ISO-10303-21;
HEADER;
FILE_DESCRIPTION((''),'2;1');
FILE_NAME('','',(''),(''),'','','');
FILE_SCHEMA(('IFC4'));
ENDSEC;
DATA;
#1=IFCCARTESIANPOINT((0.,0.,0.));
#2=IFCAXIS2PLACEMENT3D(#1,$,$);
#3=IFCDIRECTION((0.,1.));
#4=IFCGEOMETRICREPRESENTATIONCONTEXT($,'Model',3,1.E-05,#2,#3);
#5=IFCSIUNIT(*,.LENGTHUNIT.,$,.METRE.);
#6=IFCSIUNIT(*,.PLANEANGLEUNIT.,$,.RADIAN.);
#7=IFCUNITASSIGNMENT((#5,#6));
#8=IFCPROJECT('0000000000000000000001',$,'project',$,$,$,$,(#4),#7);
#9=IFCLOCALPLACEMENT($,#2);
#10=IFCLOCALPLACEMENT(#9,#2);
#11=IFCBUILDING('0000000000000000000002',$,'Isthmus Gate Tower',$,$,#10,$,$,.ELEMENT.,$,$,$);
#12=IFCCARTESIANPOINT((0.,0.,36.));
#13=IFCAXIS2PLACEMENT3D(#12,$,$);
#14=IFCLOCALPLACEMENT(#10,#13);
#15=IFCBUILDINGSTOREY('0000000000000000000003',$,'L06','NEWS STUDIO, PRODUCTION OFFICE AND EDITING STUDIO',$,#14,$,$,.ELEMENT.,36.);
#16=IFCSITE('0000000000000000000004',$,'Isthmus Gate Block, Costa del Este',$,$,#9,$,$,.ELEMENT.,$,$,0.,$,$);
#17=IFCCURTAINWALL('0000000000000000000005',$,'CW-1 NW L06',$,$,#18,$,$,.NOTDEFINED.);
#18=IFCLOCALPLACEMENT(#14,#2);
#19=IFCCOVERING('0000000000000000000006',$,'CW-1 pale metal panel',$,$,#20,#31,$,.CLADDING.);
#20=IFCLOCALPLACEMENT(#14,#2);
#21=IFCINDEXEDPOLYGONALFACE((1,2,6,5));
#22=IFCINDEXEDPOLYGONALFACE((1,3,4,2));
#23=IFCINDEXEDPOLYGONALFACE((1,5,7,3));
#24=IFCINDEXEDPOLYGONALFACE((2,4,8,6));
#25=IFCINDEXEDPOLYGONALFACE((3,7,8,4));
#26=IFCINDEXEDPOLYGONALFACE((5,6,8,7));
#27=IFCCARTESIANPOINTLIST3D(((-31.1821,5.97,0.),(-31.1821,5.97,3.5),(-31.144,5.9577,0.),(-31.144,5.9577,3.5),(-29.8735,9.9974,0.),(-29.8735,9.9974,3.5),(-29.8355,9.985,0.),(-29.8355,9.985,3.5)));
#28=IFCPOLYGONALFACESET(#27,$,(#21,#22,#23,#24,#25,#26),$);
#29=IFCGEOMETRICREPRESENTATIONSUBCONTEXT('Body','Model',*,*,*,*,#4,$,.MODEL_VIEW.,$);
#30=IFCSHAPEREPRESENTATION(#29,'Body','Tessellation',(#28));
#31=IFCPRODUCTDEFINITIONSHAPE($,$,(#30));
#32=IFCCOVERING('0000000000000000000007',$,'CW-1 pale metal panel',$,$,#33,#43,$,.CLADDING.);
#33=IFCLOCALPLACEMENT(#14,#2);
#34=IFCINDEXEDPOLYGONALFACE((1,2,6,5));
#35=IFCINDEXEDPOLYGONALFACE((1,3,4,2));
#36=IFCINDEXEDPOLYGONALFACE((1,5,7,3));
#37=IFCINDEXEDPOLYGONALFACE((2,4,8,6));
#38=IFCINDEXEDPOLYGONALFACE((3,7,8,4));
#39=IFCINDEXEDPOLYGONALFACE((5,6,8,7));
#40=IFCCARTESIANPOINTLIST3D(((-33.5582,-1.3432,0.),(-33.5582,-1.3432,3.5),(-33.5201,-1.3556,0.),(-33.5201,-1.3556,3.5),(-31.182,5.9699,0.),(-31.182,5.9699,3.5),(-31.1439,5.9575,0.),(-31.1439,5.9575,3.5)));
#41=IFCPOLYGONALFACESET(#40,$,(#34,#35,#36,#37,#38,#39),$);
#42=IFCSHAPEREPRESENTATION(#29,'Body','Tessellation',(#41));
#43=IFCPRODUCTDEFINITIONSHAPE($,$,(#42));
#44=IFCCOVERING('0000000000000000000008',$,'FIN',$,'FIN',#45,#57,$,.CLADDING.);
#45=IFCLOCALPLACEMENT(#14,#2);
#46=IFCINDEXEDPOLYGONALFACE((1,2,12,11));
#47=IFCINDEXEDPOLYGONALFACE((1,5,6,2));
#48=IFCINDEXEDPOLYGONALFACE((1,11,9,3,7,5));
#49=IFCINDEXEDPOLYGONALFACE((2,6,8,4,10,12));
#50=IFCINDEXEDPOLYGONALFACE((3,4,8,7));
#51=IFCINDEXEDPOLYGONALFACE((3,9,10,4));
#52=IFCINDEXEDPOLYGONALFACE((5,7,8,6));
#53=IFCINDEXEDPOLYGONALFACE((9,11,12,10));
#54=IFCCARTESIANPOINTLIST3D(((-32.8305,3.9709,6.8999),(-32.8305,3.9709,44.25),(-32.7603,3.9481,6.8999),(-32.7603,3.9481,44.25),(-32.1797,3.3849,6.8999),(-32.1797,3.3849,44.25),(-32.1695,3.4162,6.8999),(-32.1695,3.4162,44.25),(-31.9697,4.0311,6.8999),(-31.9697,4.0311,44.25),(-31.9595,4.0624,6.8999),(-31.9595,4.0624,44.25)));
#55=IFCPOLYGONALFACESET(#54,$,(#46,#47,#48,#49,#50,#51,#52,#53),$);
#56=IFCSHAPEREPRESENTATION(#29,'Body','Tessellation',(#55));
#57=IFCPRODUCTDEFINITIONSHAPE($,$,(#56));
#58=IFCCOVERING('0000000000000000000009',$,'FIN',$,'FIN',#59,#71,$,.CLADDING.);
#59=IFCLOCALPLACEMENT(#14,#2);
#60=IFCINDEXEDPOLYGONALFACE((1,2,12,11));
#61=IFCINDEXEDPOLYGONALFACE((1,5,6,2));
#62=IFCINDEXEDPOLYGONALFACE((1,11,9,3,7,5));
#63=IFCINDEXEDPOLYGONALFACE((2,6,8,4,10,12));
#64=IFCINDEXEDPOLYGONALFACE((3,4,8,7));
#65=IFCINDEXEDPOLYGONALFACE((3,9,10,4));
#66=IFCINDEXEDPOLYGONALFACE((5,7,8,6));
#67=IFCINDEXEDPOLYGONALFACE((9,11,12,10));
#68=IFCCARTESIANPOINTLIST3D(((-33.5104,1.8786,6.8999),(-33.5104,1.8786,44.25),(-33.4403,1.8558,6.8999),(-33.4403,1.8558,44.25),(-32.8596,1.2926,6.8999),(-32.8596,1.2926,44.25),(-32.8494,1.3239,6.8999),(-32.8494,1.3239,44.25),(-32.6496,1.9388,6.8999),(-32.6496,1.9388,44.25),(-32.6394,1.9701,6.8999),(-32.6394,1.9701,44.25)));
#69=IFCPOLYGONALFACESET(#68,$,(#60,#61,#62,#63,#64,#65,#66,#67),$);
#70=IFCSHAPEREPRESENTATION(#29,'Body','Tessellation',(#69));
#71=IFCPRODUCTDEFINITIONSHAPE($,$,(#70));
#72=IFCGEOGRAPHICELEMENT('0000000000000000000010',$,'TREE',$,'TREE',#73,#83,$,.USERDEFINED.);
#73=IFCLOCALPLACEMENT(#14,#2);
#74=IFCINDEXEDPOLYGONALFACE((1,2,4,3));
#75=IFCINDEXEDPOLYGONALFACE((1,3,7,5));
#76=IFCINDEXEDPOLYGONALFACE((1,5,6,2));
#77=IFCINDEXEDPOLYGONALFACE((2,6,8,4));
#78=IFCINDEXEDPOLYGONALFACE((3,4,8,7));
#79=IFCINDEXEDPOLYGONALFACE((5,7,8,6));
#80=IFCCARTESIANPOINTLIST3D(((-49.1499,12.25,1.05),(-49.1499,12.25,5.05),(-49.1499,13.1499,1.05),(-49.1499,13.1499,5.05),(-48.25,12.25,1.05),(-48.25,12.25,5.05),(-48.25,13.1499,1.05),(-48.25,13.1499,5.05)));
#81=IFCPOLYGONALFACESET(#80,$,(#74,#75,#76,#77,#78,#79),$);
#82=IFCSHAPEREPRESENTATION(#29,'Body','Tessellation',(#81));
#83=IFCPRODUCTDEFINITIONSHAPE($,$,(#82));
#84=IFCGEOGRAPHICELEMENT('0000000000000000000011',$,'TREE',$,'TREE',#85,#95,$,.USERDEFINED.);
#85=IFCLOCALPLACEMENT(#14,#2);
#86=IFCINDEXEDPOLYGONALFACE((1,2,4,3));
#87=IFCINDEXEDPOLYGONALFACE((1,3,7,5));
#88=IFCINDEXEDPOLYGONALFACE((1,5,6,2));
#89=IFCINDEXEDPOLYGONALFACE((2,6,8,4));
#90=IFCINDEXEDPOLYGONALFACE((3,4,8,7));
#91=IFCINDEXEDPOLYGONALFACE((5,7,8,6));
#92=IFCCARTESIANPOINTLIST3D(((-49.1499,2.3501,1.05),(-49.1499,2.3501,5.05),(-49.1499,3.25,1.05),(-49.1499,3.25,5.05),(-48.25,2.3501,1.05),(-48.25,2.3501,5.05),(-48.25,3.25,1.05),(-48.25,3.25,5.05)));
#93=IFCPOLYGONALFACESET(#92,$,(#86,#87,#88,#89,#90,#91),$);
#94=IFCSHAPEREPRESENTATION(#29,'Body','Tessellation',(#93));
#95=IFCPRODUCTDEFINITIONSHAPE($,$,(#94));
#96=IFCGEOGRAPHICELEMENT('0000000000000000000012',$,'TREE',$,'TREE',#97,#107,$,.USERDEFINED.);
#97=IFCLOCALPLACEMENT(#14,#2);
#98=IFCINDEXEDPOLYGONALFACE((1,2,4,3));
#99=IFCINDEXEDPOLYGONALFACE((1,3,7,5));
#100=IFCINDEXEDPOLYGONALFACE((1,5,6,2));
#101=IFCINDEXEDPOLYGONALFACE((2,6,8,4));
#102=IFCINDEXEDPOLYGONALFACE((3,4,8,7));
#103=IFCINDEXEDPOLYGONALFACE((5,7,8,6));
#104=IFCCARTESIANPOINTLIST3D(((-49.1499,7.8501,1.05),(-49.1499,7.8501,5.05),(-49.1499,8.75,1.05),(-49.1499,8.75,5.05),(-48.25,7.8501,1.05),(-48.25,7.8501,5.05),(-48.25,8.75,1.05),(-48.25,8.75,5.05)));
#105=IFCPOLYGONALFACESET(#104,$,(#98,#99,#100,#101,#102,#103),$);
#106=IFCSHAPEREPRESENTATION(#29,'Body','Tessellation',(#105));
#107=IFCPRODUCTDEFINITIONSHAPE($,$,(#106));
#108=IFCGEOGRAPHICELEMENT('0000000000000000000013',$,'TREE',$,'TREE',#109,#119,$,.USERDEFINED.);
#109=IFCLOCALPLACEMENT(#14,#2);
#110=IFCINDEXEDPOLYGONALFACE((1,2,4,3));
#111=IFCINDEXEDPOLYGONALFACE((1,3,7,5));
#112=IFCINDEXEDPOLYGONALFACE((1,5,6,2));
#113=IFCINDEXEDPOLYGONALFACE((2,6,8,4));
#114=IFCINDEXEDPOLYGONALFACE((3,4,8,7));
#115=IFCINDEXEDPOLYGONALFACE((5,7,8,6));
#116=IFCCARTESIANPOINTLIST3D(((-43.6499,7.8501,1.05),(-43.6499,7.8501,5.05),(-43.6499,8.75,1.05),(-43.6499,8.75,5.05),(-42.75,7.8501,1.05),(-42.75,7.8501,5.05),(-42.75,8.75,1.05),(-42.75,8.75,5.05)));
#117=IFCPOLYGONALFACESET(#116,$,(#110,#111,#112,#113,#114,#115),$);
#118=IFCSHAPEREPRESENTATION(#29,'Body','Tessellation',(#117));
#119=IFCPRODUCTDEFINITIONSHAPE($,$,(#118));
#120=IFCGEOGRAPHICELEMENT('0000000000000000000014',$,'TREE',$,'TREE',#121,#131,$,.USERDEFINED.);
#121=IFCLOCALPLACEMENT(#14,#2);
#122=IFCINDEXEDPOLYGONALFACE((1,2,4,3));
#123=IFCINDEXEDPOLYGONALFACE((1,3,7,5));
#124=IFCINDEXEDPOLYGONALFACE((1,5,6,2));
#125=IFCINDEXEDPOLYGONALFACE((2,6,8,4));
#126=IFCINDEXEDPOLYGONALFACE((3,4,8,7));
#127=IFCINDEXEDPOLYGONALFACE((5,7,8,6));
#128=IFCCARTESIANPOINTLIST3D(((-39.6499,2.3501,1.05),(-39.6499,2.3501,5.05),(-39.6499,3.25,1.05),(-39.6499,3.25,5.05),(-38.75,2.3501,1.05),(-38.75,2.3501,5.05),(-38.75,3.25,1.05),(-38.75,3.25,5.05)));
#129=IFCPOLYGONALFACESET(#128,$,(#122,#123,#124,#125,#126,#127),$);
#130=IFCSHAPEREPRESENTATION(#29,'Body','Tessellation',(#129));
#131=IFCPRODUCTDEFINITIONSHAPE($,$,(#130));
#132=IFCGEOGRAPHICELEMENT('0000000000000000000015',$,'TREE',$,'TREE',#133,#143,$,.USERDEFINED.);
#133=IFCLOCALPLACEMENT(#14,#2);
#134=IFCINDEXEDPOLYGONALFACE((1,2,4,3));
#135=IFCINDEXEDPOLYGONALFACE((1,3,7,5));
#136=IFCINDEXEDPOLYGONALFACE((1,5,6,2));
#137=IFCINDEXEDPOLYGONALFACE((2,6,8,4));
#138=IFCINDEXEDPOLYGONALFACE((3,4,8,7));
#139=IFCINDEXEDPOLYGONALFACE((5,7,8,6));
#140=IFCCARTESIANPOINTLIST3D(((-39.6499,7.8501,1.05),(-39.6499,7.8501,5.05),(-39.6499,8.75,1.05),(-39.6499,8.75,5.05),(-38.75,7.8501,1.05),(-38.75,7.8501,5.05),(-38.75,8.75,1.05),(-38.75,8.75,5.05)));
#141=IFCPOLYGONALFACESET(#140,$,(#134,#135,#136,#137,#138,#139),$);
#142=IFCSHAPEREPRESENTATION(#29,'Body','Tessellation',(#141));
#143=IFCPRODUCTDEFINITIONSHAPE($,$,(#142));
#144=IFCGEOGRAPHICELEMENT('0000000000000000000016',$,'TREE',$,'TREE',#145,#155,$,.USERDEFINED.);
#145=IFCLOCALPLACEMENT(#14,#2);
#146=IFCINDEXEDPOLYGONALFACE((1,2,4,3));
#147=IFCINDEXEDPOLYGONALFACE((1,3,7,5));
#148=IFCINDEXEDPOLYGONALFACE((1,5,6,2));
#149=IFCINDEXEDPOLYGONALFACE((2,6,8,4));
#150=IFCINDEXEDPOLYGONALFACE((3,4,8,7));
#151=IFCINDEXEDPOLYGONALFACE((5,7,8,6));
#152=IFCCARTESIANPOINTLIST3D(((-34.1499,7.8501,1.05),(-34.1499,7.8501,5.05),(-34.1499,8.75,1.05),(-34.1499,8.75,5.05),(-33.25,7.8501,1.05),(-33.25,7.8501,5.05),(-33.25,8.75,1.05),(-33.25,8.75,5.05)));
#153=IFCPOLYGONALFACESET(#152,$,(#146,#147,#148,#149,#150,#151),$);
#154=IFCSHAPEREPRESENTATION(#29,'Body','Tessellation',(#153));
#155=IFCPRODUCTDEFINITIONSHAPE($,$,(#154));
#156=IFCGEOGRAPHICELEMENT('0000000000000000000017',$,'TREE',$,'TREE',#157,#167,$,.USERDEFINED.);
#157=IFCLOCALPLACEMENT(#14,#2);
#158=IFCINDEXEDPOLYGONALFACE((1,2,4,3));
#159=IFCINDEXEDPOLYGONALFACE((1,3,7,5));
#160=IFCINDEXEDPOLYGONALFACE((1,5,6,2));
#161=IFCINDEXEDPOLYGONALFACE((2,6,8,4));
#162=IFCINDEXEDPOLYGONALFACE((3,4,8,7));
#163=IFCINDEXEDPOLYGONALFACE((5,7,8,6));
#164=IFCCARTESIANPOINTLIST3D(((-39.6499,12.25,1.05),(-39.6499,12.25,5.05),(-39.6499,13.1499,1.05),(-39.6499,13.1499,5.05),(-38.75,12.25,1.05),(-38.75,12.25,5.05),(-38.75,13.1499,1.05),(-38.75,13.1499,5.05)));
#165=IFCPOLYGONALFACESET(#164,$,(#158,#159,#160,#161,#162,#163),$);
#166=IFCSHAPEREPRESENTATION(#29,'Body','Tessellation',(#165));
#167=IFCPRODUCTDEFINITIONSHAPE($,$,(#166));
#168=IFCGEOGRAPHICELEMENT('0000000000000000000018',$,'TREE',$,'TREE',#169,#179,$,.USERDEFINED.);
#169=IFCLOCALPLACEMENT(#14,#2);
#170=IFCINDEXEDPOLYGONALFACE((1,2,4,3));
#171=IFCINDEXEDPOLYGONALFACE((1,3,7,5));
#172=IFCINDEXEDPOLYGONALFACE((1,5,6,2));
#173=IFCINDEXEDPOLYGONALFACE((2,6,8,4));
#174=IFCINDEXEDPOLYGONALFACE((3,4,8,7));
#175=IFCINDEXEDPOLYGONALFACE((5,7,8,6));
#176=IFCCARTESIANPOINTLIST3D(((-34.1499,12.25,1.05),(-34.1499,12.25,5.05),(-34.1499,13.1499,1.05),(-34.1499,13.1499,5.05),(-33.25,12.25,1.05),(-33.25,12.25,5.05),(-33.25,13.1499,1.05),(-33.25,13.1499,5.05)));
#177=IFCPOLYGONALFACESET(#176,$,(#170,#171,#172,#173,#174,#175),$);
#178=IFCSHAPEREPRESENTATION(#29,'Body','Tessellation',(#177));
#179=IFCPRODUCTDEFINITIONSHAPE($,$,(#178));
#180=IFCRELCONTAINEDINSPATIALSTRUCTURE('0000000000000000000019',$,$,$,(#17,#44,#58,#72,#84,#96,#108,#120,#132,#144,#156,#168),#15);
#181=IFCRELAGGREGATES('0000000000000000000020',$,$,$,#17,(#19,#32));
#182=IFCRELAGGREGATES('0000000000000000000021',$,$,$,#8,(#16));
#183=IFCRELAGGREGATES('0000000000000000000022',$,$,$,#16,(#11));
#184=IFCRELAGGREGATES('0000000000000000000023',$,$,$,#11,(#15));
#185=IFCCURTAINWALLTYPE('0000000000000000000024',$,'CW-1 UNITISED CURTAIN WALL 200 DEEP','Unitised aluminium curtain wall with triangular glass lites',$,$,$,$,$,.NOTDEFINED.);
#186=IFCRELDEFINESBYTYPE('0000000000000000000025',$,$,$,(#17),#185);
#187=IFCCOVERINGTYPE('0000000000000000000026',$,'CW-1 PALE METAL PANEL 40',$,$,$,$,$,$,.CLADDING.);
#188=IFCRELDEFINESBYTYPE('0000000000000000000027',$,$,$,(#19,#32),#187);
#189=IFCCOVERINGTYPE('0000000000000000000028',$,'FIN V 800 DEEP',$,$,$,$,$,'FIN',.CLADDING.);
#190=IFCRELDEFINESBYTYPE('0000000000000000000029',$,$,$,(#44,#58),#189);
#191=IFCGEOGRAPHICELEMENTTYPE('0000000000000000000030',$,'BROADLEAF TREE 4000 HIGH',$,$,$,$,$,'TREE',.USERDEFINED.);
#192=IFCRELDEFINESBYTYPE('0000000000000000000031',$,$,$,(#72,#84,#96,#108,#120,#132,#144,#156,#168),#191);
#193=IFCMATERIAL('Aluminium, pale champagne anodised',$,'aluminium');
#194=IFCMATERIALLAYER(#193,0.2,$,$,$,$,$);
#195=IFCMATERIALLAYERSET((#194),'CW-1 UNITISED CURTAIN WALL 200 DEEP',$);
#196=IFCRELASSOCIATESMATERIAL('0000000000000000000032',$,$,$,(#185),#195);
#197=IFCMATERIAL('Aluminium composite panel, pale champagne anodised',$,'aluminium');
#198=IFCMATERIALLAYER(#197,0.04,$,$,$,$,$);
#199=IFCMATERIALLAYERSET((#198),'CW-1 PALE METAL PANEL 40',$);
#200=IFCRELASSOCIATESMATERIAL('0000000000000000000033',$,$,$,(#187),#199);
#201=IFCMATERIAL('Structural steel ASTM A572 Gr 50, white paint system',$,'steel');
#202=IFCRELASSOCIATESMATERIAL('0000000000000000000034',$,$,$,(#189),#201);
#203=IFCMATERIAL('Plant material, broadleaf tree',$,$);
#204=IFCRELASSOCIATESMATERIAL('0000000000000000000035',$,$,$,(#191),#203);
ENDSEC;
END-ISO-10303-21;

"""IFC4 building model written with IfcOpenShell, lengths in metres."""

from ifc_helpers import new_model, si_unit, direction, frame, origin, origin_2d, place, context, subcontext, project, spatial, polyline, rectangle, outline, extrude, material, layer, layer_set, material_profile, profile_set, type_object, element, aggregate, save


model = new_model("IFC4")

# Units and contexts
model_context = context("Model", 3, precision=1e-05, world=origin(), true_north=direction((0.0, 1.0)))
body_context = subcontext(model_context, "Body", "Model", "MODEL_VIEW")
ifc_project = project(units=[si_unit("LENGTHUNIT", "METRE"), si_unit("PLANEANGLEUNIT", "RADIAN")], contexts=[model_context])

# Site, building, storey
site_placement = place(None, origin())
site = spatial("IfcSite", under=ifc_project, at=site_placement, Name="Isthmus Gate Block, Costa del Este", CompositionType="ELEMENT", RefElevation=0.0)
building_placement = place(site_placement, origin())
building = spatial("IfcBuilding", under=site, at=building_placement, Name="Isthmus Gate Tower", CompositionType="ELEMENT")
storey_placement = place(building_placement, frame((0.0, 0.0, 36.0)))
storey = spatial("IfcBuildingStorey", under=building, at=storey_placement, Name="L06", Description="NEWS STUDIO, PRODUCTION OFFICE AND EDITING STUDIO", CompositionType="ELEMENT", Elevation=36.0)

# Curtain wall
ifc_material_1 = material(Name="Aluminium, pale champagne anodised", Category="aluminium")
ifc_layer_1 = layer(ifc_material_1, 0.2)
ifc_layer_set_1 = layer_set([ifc_layer_1], Name="CW-1 UNITISED CURTAIN WALL 200 DEEP")
curtain_wall_type = type_object("IfcCurtainWallType", Name="CW-1 UNITISED CURTAIN WALL 200 DEEP", Description="Unitised aluminium curtain wall with triangular glass lites", PredefinedType="NOTDEFINED", material=ifc_layer_set_1)
curtain_wall_placement = place(storey_placement, origin())
curtain_wall = element("IfcCurtainWall", 1, at=curtain_wall_placement, inside=storey, type_object=curtain_wall_type, Name="CW-1 NW L06", PredefinedType="NOTDEFINED")

# Coverings
ifc_material_2 = material(Name="Aluminium composite panel, pale champagne anodised", Category="aluminium")
ifc_layer_2 = layer(ifc_material_2, 0.04)
ifc_layer_set_2 = layer_set([ifc_layer_2], Name="CW-1 PALE METAL PANEL 40")
covering_type_1 = type_object("IfcCoveringType", Name="CW-1 PALE METAL PANEL 40", PredefinedType="CLADDING", material=ifc_layer_set_2)
covering_1_placement = place(storey_placement, frame((-30.5088, 7.9775, 0.0), z_axis=(0.0, 0.0, 1.0), x_axis=(-0.309017, -0.951057, 0.0)))
covering_1 = element("IfcCovering", 2, at=covering_1_placement, type_object=covering_type_1, Name="CW-1 pale metal panel", PredefinedType="CLADDING", context=body_context, shape_type="SweptSolid", body=[
    extrude(rectangle(XDim=4.2346, YDim=0.04, at=origin_2d()), origin(), (0.0, 0.0, 1.0), 3.5),
])
covering_2_placement = place(storey_placement, frame((-32.3511, 2.3071, 0.0), z_axis=(0.0, 0.0, 1.0), x_axis=(-0.309017, -0.951057, 0.0)))
covering_2 = element("IfcCovering", 3, at=covering_2_placement, type_object=covering_type_1, Name="CW-1 pale metal panel", PredefinedType="CLADDING", context=body_context, shape_type="SweptSolid", body=[
    extrude(rectangle(XDim=7.6895, YDim=0.04, at=origin_2d()), origin(), (0.0, 0.0, 1.0), 3.5),
])
aggregate(curtain_wall, [covering_1, covering_2])

# Coverings
ifc_material_3 = material(Name="Structural steel ASTM A572 Gr 50, white paint system", Category="steel")
ifc_material_profile_1 = material_profile(ifc_material_3, outline(polyline([(0.0, -0.3562), (0.8, 0.0), (0.0, 0.3562), (0.0, 0.3232), (0.7263, 0.0), (0.0, -0.3232), (0.0, -0.3562)])), Name="V800")
ifc_profile_set_1 = profile_set([ifc_material_profile_1], Name="Structural steel ASTM A572 Gr 50, white paint system")
covering_type_2 = type_object("IfcCoveringType", Name="FIN V 800 DEEP", ElementType="FIN", PredefinedType="CLADDING", material=ifc_profile_set_1)
for number, where, z_axis, x_axis, name in (
    (4, (-32.0696, 3.7236, 6.8999), (0.0, 0.0, 1.0), (-0.951057, 0.309017, 0.0), "FIN"),
    (5, (-32.7495, 1.6313, 6.8999), (0.0, 0.0, 1.0), (-0.951057, 0.309017, 0.0), "FIN"),
):
    element("IfcCovering", number, at=place(storey_placement, frame(where, z_axis=z_axis, x_axis=x_axis)), inside=storey, type_object=covering_type_2, Name=name, ObjectType="FIN", PredefinedType="CLADDING", context=body_context, shape_type="SweptSolid", body=[
        extrude(outline(polyline([(0.0, -0.3562), (0.8, 0.0), (0.0, 0.3562), (0.0, 0.3232), (0.7263, 0.0), (0.0, -0.3232), (0.0, -0.3562)])), origin(), (0.0, 0.0, 1.0), 37.3501),
    ])

# Geographic elements
ifc_material_4 = material(Name="Plant material, broadleaf tree")
geographic_element_type = type_object("IfcGeographicElementType", Name="BROADLEAF TREE 4000 HIGH", ElementType="TREE", PredefinedType="USERDEFINED", material=ifc_material_4)
for number, where, z_axis, x_axis, name in (
    (6, (-48.7, 12.7, 1.05), (0.0, 0.0, 1.0), (1.0, 0.0, 0.0), "TREE"),
    (7, (-48.7, 2.8, 1.05), (0.0, 0.0, 1.0), (1.0, 0.0, 0.0), "TREE"),
    (8, (-48.7, 8.3, 1.05), (0.0, 0.0, 1.0), (1.0, 0.0, 0.0), "TREE"),
    (9, (-43.2, 8.3, 1.05), (0.0, 0.0, 1.0), (1.0, 0.0, 0.0), "TREE"),
    (10, (-39.2, 2.8, 1.05), (0.0, 0.0, 1.0), (1.0, 0.0, 0.0), "TREE"),
    (11, (-39.2, 8.3, 1.05), (0.0, 0.0, 1.0), (1.0, 0.0, 0.0), "TREE"),
    (12, (-33.7, 8.3, 1.05), (0.0, 0.0, 1.0), (1.0, 0.0, 0.0), "TREE"),
    (13, (-39.2, 12.7, 1.05), (0.0, 0.0, 1.0), (1.0, 0.0, 0.0), "TREE"),
    (14, (-33.7, 12.7, 1.05), (0.0, 0.0, 1.0), (1.0, 0.0, 0.0), "TREE"),
):
    element("IfcGeographicElement", number, at=place(storey_placement, frame(where, z_axis=z_axis, x_axis=x_axis)), inside=storey, type_object=geographic_element_type, Name=name, ObjectType="TREE", PredefinedType="USERDEFINED", context=body_context, shape_type="SweptSolid", body=[
        extrude(rectangle(XDim=0.8999, YDim=0.8999, at=origin_2d()), origin(), (0.0, 0.0, 1.0), 4.0),
    ])

save(model, "model.ifc")
